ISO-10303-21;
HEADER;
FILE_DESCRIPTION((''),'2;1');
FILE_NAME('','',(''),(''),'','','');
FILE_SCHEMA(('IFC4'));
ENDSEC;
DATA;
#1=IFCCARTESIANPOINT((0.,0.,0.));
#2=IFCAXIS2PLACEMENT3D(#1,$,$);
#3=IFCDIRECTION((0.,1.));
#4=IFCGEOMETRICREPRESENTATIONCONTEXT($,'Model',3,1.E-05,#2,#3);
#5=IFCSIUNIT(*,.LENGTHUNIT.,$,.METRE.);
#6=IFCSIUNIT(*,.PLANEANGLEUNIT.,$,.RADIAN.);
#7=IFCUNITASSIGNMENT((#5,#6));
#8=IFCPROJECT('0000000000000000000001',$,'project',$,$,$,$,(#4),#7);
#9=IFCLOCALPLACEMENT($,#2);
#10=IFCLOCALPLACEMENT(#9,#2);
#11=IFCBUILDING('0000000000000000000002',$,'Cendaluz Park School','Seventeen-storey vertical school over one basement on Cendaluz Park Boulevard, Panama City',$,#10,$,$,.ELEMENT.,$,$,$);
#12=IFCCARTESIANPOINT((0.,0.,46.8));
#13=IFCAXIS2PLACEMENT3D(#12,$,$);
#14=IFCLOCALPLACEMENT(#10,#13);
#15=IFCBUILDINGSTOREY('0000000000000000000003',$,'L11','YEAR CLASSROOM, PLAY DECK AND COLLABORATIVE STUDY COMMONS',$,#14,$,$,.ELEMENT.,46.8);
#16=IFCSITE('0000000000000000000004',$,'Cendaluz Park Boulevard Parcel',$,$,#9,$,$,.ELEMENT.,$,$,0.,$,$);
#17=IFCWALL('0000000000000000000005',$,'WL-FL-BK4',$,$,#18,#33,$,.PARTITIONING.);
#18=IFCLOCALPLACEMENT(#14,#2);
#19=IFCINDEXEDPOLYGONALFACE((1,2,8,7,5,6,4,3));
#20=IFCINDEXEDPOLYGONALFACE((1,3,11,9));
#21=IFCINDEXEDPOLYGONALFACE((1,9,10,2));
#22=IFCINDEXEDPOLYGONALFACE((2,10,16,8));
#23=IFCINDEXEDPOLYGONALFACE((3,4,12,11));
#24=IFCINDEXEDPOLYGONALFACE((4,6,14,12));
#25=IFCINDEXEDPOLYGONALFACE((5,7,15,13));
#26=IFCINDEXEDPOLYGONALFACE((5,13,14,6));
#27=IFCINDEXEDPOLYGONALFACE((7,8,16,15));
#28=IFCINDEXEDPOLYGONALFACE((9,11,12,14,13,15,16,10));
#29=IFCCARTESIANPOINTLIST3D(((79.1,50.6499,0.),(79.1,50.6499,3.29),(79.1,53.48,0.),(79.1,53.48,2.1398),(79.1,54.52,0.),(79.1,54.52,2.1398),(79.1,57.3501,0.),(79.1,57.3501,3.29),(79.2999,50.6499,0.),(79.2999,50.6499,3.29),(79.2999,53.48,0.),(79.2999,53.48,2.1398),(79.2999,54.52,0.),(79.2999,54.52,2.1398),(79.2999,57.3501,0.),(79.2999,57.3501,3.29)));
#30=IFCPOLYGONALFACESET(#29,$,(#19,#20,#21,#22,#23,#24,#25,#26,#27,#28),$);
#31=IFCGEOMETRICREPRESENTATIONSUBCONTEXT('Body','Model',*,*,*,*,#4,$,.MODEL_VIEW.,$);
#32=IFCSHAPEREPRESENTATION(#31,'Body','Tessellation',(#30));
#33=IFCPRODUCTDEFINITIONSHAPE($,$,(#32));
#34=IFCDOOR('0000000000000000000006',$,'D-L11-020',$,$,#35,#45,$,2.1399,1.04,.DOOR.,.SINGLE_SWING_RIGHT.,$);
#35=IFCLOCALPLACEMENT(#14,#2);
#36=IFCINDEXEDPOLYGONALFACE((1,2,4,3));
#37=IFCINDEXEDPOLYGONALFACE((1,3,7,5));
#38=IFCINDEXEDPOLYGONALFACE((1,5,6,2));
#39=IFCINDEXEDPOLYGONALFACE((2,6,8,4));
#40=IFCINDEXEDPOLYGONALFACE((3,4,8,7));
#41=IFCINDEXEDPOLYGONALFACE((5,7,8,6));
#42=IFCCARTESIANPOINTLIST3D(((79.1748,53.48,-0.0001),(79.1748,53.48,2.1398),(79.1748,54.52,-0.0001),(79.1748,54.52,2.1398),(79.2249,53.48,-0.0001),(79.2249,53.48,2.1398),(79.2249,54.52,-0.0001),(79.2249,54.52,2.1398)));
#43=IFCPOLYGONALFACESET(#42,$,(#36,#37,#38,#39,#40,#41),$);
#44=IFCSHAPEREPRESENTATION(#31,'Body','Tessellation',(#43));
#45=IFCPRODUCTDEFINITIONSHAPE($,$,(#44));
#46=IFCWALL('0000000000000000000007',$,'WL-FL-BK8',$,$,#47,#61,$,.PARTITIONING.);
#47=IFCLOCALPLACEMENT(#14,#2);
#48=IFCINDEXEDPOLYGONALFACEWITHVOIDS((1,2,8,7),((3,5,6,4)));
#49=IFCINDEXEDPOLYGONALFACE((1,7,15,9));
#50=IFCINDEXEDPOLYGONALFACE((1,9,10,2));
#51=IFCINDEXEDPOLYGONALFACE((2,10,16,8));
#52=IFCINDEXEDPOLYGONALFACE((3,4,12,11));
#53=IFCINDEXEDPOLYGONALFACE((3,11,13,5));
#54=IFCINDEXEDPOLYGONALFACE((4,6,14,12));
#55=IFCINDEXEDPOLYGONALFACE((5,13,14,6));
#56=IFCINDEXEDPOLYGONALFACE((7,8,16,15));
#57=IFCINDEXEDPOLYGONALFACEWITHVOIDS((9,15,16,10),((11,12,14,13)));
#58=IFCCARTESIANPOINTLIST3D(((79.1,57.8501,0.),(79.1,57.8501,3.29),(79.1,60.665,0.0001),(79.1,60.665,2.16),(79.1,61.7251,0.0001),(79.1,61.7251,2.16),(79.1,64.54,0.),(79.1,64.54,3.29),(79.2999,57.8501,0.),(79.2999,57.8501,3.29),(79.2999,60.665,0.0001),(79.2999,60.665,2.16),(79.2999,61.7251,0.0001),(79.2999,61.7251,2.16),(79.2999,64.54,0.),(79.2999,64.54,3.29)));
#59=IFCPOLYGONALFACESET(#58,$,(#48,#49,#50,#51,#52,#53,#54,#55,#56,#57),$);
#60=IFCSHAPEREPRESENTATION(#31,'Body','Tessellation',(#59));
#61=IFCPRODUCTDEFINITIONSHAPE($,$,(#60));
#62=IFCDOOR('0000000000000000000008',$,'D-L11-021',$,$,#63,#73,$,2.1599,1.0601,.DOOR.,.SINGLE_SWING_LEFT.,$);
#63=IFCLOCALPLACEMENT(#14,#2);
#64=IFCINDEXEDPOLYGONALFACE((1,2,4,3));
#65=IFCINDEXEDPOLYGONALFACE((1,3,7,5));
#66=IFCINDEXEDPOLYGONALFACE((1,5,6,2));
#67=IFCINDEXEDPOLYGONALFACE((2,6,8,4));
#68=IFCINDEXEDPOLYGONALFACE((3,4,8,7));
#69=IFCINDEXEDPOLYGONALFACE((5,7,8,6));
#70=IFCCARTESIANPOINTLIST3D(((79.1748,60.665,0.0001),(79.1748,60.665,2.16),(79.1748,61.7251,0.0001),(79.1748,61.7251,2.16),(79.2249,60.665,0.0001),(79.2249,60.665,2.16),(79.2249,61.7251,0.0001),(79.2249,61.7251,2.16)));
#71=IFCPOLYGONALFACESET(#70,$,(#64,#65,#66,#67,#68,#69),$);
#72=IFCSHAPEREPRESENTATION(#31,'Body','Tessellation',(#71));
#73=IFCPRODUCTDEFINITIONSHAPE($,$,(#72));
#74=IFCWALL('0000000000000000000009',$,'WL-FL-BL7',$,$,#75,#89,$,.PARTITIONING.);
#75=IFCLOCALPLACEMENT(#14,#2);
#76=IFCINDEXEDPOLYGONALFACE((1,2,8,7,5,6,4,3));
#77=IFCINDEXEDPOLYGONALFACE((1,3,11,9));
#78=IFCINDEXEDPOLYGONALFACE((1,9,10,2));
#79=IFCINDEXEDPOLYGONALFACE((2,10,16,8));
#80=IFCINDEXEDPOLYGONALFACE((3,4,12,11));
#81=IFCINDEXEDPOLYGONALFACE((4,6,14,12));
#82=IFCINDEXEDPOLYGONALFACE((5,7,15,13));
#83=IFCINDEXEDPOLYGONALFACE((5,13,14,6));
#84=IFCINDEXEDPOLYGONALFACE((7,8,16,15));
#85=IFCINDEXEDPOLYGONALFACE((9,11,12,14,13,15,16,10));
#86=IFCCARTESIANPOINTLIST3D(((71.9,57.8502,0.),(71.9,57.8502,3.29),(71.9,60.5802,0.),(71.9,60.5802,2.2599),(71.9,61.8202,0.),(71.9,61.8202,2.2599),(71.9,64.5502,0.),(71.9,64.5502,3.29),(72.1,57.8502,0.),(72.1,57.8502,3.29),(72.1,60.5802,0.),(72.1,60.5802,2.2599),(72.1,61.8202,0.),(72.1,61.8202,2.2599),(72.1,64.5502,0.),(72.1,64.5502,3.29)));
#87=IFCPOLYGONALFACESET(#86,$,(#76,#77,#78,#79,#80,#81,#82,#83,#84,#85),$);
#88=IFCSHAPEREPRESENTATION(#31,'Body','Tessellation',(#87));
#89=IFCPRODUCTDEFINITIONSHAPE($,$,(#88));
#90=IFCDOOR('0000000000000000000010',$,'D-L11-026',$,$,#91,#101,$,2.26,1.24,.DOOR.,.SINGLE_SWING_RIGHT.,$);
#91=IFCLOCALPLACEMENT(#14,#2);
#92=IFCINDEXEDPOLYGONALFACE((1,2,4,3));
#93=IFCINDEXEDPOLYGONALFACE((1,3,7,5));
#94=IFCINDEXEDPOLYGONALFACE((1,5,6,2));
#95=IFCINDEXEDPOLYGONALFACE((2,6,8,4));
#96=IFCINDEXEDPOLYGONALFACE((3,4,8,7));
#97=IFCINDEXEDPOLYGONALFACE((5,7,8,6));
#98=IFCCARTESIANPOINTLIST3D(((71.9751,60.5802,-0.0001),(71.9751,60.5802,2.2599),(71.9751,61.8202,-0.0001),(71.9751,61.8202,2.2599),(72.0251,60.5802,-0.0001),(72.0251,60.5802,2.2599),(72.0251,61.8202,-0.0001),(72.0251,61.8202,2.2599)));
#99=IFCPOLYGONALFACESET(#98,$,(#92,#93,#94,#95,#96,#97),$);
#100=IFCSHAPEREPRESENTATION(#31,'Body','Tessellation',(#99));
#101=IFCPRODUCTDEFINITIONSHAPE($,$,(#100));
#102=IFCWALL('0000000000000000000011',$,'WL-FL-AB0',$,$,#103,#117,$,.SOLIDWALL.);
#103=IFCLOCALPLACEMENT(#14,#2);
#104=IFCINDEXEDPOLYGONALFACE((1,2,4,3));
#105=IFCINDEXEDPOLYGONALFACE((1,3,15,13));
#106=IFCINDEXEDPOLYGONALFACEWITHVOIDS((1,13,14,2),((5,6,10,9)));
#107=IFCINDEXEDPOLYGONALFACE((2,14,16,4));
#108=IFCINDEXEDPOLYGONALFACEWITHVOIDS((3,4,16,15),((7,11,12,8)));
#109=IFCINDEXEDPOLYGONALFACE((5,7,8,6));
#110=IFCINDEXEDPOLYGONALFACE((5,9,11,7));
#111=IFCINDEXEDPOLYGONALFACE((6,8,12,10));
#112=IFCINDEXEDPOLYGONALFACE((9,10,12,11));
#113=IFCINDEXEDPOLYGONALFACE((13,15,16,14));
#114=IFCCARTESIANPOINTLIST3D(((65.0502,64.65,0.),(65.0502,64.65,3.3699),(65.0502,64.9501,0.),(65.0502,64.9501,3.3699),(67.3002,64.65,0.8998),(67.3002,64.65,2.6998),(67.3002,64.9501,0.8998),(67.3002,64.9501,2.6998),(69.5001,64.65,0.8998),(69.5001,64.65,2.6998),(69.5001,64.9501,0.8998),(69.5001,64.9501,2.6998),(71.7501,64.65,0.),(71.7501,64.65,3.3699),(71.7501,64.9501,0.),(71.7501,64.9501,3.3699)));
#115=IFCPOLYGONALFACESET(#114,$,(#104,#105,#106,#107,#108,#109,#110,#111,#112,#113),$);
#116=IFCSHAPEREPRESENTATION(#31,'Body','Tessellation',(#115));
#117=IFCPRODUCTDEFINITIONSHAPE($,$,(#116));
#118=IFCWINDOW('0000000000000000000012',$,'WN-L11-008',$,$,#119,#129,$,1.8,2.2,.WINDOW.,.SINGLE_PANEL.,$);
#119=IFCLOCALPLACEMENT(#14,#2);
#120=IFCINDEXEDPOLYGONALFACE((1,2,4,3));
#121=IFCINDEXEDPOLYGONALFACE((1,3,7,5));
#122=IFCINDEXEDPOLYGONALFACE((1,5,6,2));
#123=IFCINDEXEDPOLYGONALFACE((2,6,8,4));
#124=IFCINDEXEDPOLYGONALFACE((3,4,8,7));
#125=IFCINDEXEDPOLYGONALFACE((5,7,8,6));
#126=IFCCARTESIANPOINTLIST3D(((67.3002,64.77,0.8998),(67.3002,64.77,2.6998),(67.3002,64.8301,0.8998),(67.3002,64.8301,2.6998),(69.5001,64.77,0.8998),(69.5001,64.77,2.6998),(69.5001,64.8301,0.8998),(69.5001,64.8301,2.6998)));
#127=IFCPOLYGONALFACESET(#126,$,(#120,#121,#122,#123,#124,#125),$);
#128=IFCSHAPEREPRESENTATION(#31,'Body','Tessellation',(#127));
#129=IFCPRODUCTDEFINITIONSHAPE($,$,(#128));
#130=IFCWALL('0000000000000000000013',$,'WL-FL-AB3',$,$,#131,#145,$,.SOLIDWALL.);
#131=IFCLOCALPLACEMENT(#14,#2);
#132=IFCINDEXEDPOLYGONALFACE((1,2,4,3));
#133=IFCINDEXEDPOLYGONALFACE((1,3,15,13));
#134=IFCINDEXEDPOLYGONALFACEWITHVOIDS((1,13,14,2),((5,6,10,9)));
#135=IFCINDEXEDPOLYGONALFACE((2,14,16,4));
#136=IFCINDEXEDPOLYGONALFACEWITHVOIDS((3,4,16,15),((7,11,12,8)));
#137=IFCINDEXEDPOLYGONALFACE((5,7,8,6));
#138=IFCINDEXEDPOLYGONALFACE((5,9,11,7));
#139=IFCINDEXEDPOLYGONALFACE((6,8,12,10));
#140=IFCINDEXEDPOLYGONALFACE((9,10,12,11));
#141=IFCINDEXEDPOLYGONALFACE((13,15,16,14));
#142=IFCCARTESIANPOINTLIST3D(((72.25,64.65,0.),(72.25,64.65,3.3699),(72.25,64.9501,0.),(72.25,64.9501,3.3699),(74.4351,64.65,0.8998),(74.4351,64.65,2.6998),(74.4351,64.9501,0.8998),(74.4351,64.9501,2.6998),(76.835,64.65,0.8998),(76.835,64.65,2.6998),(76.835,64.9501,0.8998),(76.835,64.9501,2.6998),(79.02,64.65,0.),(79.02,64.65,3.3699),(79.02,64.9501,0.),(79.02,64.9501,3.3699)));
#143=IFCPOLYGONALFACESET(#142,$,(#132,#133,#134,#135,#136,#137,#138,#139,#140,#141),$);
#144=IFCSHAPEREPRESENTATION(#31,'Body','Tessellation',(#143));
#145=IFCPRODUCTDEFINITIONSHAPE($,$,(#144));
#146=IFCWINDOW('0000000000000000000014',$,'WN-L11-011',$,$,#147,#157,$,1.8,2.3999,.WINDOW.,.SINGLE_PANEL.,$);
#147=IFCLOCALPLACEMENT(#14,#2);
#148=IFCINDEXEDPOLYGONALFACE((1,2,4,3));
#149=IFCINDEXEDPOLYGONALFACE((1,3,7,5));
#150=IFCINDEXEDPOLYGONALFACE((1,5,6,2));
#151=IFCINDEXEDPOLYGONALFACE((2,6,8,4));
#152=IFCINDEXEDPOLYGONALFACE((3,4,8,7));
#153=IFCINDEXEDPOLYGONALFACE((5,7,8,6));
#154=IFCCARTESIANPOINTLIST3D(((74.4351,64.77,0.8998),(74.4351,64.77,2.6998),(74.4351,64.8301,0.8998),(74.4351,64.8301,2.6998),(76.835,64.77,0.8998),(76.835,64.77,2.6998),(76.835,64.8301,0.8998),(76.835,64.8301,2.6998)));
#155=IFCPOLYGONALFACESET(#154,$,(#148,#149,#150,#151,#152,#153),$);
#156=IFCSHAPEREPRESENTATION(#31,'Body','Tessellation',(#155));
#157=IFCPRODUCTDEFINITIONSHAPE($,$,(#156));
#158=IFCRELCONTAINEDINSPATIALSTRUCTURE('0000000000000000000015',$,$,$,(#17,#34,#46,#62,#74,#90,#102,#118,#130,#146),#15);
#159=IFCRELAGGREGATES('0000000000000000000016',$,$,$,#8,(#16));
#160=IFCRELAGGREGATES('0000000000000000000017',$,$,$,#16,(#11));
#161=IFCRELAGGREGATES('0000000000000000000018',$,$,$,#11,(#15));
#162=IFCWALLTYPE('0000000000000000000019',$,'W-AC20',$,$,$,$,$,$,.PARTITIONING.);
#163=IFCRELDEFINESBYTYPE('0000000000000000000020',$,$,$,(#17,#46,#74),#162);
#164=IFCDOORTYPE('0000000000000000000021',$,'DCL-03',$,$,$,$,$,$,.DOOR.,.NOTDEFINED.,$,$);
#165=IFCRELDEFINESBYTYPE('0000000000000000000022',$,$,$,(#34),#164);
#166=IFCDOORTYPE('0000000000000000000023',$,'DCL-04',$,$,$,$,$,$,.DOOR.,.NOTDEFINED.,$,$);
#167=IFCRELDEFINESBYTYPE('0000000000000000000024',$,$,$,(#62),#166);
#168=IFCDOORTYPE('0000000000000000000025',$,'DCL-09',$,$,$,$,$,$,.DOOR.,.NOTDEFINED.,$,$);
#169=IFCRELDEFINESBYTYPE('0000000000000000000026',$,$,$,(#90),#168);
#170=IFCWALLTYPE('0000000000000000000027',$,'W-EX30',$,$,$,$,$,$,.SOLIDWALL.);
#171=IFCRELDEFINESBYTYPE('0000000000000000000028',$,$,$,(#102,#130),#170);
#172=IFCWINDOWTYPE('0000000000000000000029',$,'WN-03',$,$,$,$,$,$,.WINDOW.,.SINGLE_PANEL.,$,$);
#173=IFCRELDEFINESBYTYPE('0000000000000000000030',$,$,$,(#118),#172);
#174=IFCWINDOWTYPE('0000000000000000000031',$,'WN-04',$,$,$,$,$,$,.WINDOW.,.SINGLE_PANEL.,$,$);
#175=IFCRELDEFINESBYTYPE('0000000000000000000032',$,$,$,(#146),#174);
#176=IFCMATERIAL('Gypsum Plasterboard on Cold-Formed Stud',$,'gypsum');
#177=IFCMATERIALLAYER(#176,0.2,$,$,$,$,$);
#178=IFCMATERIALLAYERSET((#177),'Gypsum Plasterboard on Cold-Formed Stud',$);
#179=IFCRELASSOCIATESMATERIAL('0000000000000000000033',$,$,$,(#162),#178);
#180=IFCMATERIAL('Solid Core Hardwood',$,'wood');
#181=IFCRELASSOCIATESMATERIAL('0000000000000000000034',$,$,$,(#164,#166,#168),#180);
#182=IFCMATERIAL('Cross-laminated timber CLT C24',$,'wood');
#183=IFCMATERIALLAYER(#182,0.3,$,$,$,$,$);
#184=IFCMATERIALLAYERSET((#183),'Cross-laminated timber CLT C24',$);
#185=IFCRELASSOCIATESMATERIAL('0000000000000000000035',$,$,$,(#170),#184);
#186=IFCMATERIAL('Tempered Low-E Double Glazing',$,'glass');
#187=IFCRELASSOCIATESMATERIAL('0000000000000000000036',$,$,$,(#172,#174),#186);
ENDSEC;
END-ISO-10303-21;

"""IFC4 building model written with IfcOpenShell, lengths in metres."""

from ifc_helpers import new_model, si_unit, direction, frame, frame_2d, origin, place, context, subcontext, project, spatial, rectangle, extrude, material, layer, layer_set, type_object, element, fill, save


model = new_model("IFC4")

# Units and contexts
model_context = context("Model", 3, precision=1e-05, world=origin(), true_north=direction((0.0, 1.0)))
body_context = subcontext(model_context, "Body", "Model", "MODEL_VIEW")
ifc_project = project(units=[si_unit("LENGTHUNIT", "METRE"), si_unit("PLANEANGLEUNIT", "RADIAN")], contexts=[model_context])

# Site, building, storey
site_placement = place(None, origin())
site = spatial("IfcSite", under=ifc_project, at=site_placement, Name="Cendaluz Park Boulevard Parcel", CompositionType="ELEMENT", RefElevation=0.0)
building_placement = place(site_placement, origin())
building = spatial("IfcBuilding", under=site, at=building_placement, Name="Cendaluz Park School", Description="Seventeen-storey vertical school over one basement on Cendaluz Park Boulevard, Panama City", CompositionType="ELEMENT")
storey_placement = place(building_placement, frame((0.0, 0.0, 46.8)))
storey = spatial("IfcBuildingStorey", under=building, at=storey_placement, Name="L11", Description="YEAR CLASSROOM, PLAY DECK AND COLLABORATIVE STUDY COMMONS", CompositionType="ELEMENT", Elevation=46.8)

# Walls, openings, doors
ifc_material_1 = material(Name="Gypsum Plasterboard on Cold-Formed Stud", Category="gypsum")
ifc_layer_1 = layer(ifc_material_1, 0.2)
ifc_layer_set_1 = layer_set([ifc_layer_1], Name="Gypsum Plasterboard on Cold-Formed Stud")
wall_type_1 = type_object("IfcWallType", Name="W-AC20", PredefinedType="PARTITIONING", material=ifc_layer_set_1)
wall_1_placement = place(storey_placement, frame((79.2, 50.6499, 0.0), z_axis=(0.0, 0.0, 1.0), x_axis=(0.0, 1.0, 0.0)))
wall_1 = element("IfcWall", 1, at=wall_1_placement, inside=storey, type_object=wall_type_1, Name="WL-FL-BK4", PredefinedType="PARTITIONING", context=body_context, shape_type="SweptSolid", body=[
    extrude(rectangle(XDim=6.7002, YDim=0.2, at=frame_2d((3.3501, 0.0))), origin(), (0.0, 0.0, 1.0), 3.29),
])
opening_1_placement = place(wall_1_placement, frame((2.8301, 0.0, 0.0)))
opening_1 = element("IfcOpeningElement", 2, at=opening_1_placement, cuts=wall_1, PredefinedType="OPENING", context=body_context, shape_type="SweptSolid", body=[
    extrude(rectangle(XDim=1.04, YDim=2.1399, at=frame_2d((0.52, 1.0698))), frame((0.0, 0.1121, 0.0), z_axis=(0.0, -1.0, 0.0), x_axis=(1.0, 0.0, 0.0)), (0.0, 0.0, 1.0), 0.2239),
])
ifc_material_2 = material(Name="Solid Core Hardwood", Category="wood")
door_type_1 = type_object("IfcDoorType", Name="DCL-03", OperationType="NOTDEFINED", PredefinedType="DOOR", material=ifc_material_2)
door_1_placement = place(opening_1_placement, frame((1.04, 0.0, 0.0), z_axis=(0.0, 0.0, 1.0), x_axis=(-1.0, 0.0, 0.0)))
door_1 = element("IfcDoor", 3, at=door_1_placement, inside=storey, type_object=door_type_1, Name="D-L11-020", OperationType="SINGLE_SWING_RIGHT", OverallHeight=2.1399, OverallWidth=1.04, PredefinedType="DOOR", context=body_context, shape_type="SweptSolid", body=[
    extrude(rectangle(XDim=1.04, YDim=2.1399, at=frame_2d((0.52, 1.0698))), frame((0.0, 0.0249, 0.0), z_axis=(0.0, -1.0, 0.0), x_axis=(1.0, 0.0, 0.0)), (0.0, 0.0, 1.0), 0.05),
])
fill(opening_1, door_1)
wall_2_placement = place(storey_placement, frame((79.2, 57.8501, 0.0), z_axis=(0.0, 0.0, 1.0), x_axis=(0.0, 1.0, 0.0)))
wall_2 = element("IfcWall", 4, at=wall_2_placement, inside=storey, type_object=wall_type_1, Name="WL-FL-BK8", PredefinedType="PARTITIONING", context=body_context, shape_type="SweptSolid", body=[
    extrude(rectangle(XDim=6.6899, YDim=0.2, at=frame_2d((3.345, 0.0))), origin(), (0.0, 0.0, 1.0), 3.29),
])
opening_2_placement = place(wall_2_placement, frame((2.8149, 0.0, 0.0)))
opening_2 = element("IfcOpeningElement", 5, at=opening_2_placement, cuts=wall_2, PredefinedType="OPENING", context=body_context, shape_type="SweptSolid", body=[
    extrude(rectangle(XDim=1.0601, YDim=2.1599, at=frame_2d((0.53, 1.0801))), frame((0.0, 0.1121, 0.0), z_axis=(0.0, -1.0, 0.0), x_axis=(1.0, 0.0, 0.0)), (0.0, 0.0, 1.0), 0.2239),
])
door_type_2 = type_object("IfcDoorType", Name="DCL-04", OperationType="NOTDEFINED", PredefinedType="DOOR", material=ifc_material_2)
door_2_placement = place(opening_2_placement, frame((1.0601, 0.0, 0.0), z_axis=(0.0, 0.0, 1.0), x_axis=(-1.0, 0.0, 0.0)))
door_2 = element("IfcDoor", 6, at=door_2_placement, inside=storey, type_object=door_type_2, Name="D-L11-021", OperationType="SINGLE_SWING_LEFT", OverallHeight=2.1599, OverallWidth=1.0601, PredefinedType="DOOR", context=body_context, shape_type="SweptSolid", body=[
    extrude(rectangle(XDim=1.0601, YDim=2.1599, at=frame_2d((0.53, 1.0801))), frame((0.0, 0.0249, 0.0), z_axis=(0.0, -1.0, 0.0), x_axis=(1.0, 0.0, 0.0)), (0.0, 0.0, 1.0), 0.05),
])
fill(opening_2, door_2)
wall_3_placement = place(storey_placement, frame((72.0, 57.8501, 0.0), z_axis=(0.0, 0.0, 1.0), x_axis=(0.0, 1.0, 0.0)))
wall_3 = element("IfcWall", 7, at=wall_3_placement, inside=storey, type_object=wall_type_1, Name="WL-FL-BL7", PredefinedType="PARTITIONING", context=body_context, shape_type="SweptSolid", body=[
    extrude(rectangle(XDim=6.7, YDim=0.2, at=frame_2d((3.3501, 0.0))), origin(), (0.0, 0.0, 1.0), 3.29),
])
opening_3_placement = place(wall_3_placement, frame((2.73, 0.0, 0.0)))
opening_3 = element("IfcOpeningElement", 8, at=opening_3_placement, cuts=wall_3, PredefinedType="OPENING", context=body_context, shape_type="SweptSolid", body=[
    extrude(rectangle(XDim=1.24, YDim=2.26, at=frame_2d((0.6201, 1.1299))), frame((0.0, 0.1121, 0.0), z_axis=(0.0, -1.0, 0.0), x_axis=(1.0, 0.0, 0.0)), (0.0, 0.0, 1.0), 0.2239),
])
door_type_3 = type_object("IfcDoorType", Name="DCL-09", OperationType="NOTDEFINED", PredefinedType="DOOR", material=ifc_material_2)
door_3_placement = place(opening_3_placement, origin())
door_3 = element("IfcDoor", 9, at=door_3_placement, inside=storey, type_object=door_type_3, Name="D-L11-026", OperationType="SINGLE_SWING_RIGHT", OverallHeight=2.26, OverallWidth=1.24, PredefinedType="DOOR", context=body_context, shape_type="SweptSolid", body=[
    extrude(rectangle(XDim=1.24, YDim=2.26, at=frame_2d((0.6201, 1.1299))), frame((0.0, 0.0249, 0.0), z_axis=(0.0, -1.0, 0.0), x_axis=(1.0, 0.0, 0.0)), (0.0, 0.0, 1.0), 0.05),
])
fill(opening_3, door_3)

# Walls, openings, windows
ifc_material_3 = material(Name="Cross-laminated timber CLT C24", Category="wood")
ifc_layer_2 = layer(ifc_material_3, 0.3)
ifc_layer_set_2 = layer_set([ifc_layer_2], Name="Cross-laminated timber CLT C24")
wall_type_2 = type_object("IfcWallType", Name="W-EX30", PredefinedType="SOLIDWALL", material=ifc_layer_set_2)
wall_4_placement = place(storey_placement, frame((65.05, 64.8, 0.0), z_axis=(0.0, 0.0, 1.0), x_axis=(1.0, 0.0, 0.0)))
wall_4 = element("IfcWall", 10, at=wall_4_placement, inside=storey, type_object=wall_type_2, Name="WL-FL-AB0", PredefinedType="SOLIDWALL", context=body_context, shape_type="SweptSolid", body=[
    extrude(rectangle(XDim=6.7, YDim=0.3, at=frame_2d((3.3501, 0.0))), origin(), (0.0, 0.0, 1.0), 3.3699),
])
opening_4_placement = place(wall_4_placement, frame((2.25, 0.0, 0.8999)))
opening_4 = element("IfcOpeningElement", 11, at=opening_4_placement, cuts=wall_4, PredefinedType="OPENING", context=body_context, shape_type="SweptSolid", body=[
    extrude(rectangle(XDim=2.2, YDim=1.8, at=frame_2d((1.1001, 0.8999))), frame((0.0, 0.1621, 0.0), z_axis=(0.0, -1.0, 0.0), x_axis=(1.0, 0.0, 0.0)), (0.0, 0.0, 1.0), 0.324),
])
ifc_material_4 = material(Name="Tempered Low-E Double Glazing", Category="glass")
window_type_1 = type_object("IfcWindowType", Name="WN-03", PartitioningType="SINGLE_PANEL", PredefinedType="WINDOW", material=ifc_material_4)
window_1_placement = place(opening_4_placement, origin())
window_1 = element("IfcWindow", 12, at=window_1_placement, inside=storey, type_object=window_type_1, Name="WN-L11-008", OverallHeight=1.8, OverallWidth=2.2, PartitioningType="SINGLE_PANEL", PredefinedType="WINDOW", context=body_context, shape_type="SweptSolid", body=[
    extrude(rectangle(XDim=2.2, YDim=1.8, at=frame_2d((1.1001, 0.8999))), frame((0.0, 0.03, 0.0), z_axis=(0.0, -1.0, 0.0), x_axis=(1.0, 0.0, 0.0)), (0.0, 0.0, 1.0), 0.0601),
])
fill(opening_4, window_1)
wall_5_placement = place(storey_placement, frame((72.25, 64.8, 0.0), z_axis=(0.0, 0.0, 1.0), x_axis=(1.0, 0.0, 0.0)))
wall_5 = element("IfcWall", 13, at=wall_5_placement, inside=storey, type_object=wall_type_2, Name="WL-FL-AB3", PredefinedType="SOLIDWALL", context=body_context, shape_type="SweptSolid", body=[
    extrude(rectangle(XDim=6.77, YDim=0.3, at=frame_2d((3.385, 0.0))), origin(), (0.0, 0.0, 1.0), 3.3699),
])
opening_5_placement = place(wall_5_placement, frame((2.1851, 0.0, 0.8999)))
opening_5 = element("IfcOpeningElement", 14, at=opening_5_placement, cuts=wall_5, PredefinedType="OPENING", context=body_context, shape_type="SweptSolid", body=[
    extrude(rectangle(XDim=2.3999, YDim=1.8, at=frame_2d((1.2, 0.8999))), frame((0.0, 0.1621, 0.0), z_axis=(0.0, -1.0, 0.0), x_axis=(1.0, 0.0, 0.0)), (0.0, 0.0, 1.0), 0.324),
])
window_type_2 = type_object("IfcWindowType", Name="WN-04", PartitioningType="SINGLE_PANEL", PredefinedType="WINDOW", material=ifc_material_4)
window_2_placement = place(opening_5_placement, origin())
window_2 = element("IfcWindow", 15, at=window_2_placement, inside=storey, type_object=window_type_2, Name="WN-L11-011", OverallHeight=1.8, OverallWidth=2.3999, PartitioningType="SINGLE_PANEL", PredefinedType="WINDOW", context=body_context, shape_type="SweptSolid", body=[
    extrude(rectangle(XDim=2.3999, YDim=1.8, at=frame_2d((1.2, 0.8999))), frame((0.0, 0.03, 0.0), z_axis=(0.0, -1.0, 0.0), x_axis=(1.0, 0.0, 0.0)), (0.0, 0.0, 1.0), 0.0601),
])
fill(opening_5, window_2)

save(model, "model.ifc")
